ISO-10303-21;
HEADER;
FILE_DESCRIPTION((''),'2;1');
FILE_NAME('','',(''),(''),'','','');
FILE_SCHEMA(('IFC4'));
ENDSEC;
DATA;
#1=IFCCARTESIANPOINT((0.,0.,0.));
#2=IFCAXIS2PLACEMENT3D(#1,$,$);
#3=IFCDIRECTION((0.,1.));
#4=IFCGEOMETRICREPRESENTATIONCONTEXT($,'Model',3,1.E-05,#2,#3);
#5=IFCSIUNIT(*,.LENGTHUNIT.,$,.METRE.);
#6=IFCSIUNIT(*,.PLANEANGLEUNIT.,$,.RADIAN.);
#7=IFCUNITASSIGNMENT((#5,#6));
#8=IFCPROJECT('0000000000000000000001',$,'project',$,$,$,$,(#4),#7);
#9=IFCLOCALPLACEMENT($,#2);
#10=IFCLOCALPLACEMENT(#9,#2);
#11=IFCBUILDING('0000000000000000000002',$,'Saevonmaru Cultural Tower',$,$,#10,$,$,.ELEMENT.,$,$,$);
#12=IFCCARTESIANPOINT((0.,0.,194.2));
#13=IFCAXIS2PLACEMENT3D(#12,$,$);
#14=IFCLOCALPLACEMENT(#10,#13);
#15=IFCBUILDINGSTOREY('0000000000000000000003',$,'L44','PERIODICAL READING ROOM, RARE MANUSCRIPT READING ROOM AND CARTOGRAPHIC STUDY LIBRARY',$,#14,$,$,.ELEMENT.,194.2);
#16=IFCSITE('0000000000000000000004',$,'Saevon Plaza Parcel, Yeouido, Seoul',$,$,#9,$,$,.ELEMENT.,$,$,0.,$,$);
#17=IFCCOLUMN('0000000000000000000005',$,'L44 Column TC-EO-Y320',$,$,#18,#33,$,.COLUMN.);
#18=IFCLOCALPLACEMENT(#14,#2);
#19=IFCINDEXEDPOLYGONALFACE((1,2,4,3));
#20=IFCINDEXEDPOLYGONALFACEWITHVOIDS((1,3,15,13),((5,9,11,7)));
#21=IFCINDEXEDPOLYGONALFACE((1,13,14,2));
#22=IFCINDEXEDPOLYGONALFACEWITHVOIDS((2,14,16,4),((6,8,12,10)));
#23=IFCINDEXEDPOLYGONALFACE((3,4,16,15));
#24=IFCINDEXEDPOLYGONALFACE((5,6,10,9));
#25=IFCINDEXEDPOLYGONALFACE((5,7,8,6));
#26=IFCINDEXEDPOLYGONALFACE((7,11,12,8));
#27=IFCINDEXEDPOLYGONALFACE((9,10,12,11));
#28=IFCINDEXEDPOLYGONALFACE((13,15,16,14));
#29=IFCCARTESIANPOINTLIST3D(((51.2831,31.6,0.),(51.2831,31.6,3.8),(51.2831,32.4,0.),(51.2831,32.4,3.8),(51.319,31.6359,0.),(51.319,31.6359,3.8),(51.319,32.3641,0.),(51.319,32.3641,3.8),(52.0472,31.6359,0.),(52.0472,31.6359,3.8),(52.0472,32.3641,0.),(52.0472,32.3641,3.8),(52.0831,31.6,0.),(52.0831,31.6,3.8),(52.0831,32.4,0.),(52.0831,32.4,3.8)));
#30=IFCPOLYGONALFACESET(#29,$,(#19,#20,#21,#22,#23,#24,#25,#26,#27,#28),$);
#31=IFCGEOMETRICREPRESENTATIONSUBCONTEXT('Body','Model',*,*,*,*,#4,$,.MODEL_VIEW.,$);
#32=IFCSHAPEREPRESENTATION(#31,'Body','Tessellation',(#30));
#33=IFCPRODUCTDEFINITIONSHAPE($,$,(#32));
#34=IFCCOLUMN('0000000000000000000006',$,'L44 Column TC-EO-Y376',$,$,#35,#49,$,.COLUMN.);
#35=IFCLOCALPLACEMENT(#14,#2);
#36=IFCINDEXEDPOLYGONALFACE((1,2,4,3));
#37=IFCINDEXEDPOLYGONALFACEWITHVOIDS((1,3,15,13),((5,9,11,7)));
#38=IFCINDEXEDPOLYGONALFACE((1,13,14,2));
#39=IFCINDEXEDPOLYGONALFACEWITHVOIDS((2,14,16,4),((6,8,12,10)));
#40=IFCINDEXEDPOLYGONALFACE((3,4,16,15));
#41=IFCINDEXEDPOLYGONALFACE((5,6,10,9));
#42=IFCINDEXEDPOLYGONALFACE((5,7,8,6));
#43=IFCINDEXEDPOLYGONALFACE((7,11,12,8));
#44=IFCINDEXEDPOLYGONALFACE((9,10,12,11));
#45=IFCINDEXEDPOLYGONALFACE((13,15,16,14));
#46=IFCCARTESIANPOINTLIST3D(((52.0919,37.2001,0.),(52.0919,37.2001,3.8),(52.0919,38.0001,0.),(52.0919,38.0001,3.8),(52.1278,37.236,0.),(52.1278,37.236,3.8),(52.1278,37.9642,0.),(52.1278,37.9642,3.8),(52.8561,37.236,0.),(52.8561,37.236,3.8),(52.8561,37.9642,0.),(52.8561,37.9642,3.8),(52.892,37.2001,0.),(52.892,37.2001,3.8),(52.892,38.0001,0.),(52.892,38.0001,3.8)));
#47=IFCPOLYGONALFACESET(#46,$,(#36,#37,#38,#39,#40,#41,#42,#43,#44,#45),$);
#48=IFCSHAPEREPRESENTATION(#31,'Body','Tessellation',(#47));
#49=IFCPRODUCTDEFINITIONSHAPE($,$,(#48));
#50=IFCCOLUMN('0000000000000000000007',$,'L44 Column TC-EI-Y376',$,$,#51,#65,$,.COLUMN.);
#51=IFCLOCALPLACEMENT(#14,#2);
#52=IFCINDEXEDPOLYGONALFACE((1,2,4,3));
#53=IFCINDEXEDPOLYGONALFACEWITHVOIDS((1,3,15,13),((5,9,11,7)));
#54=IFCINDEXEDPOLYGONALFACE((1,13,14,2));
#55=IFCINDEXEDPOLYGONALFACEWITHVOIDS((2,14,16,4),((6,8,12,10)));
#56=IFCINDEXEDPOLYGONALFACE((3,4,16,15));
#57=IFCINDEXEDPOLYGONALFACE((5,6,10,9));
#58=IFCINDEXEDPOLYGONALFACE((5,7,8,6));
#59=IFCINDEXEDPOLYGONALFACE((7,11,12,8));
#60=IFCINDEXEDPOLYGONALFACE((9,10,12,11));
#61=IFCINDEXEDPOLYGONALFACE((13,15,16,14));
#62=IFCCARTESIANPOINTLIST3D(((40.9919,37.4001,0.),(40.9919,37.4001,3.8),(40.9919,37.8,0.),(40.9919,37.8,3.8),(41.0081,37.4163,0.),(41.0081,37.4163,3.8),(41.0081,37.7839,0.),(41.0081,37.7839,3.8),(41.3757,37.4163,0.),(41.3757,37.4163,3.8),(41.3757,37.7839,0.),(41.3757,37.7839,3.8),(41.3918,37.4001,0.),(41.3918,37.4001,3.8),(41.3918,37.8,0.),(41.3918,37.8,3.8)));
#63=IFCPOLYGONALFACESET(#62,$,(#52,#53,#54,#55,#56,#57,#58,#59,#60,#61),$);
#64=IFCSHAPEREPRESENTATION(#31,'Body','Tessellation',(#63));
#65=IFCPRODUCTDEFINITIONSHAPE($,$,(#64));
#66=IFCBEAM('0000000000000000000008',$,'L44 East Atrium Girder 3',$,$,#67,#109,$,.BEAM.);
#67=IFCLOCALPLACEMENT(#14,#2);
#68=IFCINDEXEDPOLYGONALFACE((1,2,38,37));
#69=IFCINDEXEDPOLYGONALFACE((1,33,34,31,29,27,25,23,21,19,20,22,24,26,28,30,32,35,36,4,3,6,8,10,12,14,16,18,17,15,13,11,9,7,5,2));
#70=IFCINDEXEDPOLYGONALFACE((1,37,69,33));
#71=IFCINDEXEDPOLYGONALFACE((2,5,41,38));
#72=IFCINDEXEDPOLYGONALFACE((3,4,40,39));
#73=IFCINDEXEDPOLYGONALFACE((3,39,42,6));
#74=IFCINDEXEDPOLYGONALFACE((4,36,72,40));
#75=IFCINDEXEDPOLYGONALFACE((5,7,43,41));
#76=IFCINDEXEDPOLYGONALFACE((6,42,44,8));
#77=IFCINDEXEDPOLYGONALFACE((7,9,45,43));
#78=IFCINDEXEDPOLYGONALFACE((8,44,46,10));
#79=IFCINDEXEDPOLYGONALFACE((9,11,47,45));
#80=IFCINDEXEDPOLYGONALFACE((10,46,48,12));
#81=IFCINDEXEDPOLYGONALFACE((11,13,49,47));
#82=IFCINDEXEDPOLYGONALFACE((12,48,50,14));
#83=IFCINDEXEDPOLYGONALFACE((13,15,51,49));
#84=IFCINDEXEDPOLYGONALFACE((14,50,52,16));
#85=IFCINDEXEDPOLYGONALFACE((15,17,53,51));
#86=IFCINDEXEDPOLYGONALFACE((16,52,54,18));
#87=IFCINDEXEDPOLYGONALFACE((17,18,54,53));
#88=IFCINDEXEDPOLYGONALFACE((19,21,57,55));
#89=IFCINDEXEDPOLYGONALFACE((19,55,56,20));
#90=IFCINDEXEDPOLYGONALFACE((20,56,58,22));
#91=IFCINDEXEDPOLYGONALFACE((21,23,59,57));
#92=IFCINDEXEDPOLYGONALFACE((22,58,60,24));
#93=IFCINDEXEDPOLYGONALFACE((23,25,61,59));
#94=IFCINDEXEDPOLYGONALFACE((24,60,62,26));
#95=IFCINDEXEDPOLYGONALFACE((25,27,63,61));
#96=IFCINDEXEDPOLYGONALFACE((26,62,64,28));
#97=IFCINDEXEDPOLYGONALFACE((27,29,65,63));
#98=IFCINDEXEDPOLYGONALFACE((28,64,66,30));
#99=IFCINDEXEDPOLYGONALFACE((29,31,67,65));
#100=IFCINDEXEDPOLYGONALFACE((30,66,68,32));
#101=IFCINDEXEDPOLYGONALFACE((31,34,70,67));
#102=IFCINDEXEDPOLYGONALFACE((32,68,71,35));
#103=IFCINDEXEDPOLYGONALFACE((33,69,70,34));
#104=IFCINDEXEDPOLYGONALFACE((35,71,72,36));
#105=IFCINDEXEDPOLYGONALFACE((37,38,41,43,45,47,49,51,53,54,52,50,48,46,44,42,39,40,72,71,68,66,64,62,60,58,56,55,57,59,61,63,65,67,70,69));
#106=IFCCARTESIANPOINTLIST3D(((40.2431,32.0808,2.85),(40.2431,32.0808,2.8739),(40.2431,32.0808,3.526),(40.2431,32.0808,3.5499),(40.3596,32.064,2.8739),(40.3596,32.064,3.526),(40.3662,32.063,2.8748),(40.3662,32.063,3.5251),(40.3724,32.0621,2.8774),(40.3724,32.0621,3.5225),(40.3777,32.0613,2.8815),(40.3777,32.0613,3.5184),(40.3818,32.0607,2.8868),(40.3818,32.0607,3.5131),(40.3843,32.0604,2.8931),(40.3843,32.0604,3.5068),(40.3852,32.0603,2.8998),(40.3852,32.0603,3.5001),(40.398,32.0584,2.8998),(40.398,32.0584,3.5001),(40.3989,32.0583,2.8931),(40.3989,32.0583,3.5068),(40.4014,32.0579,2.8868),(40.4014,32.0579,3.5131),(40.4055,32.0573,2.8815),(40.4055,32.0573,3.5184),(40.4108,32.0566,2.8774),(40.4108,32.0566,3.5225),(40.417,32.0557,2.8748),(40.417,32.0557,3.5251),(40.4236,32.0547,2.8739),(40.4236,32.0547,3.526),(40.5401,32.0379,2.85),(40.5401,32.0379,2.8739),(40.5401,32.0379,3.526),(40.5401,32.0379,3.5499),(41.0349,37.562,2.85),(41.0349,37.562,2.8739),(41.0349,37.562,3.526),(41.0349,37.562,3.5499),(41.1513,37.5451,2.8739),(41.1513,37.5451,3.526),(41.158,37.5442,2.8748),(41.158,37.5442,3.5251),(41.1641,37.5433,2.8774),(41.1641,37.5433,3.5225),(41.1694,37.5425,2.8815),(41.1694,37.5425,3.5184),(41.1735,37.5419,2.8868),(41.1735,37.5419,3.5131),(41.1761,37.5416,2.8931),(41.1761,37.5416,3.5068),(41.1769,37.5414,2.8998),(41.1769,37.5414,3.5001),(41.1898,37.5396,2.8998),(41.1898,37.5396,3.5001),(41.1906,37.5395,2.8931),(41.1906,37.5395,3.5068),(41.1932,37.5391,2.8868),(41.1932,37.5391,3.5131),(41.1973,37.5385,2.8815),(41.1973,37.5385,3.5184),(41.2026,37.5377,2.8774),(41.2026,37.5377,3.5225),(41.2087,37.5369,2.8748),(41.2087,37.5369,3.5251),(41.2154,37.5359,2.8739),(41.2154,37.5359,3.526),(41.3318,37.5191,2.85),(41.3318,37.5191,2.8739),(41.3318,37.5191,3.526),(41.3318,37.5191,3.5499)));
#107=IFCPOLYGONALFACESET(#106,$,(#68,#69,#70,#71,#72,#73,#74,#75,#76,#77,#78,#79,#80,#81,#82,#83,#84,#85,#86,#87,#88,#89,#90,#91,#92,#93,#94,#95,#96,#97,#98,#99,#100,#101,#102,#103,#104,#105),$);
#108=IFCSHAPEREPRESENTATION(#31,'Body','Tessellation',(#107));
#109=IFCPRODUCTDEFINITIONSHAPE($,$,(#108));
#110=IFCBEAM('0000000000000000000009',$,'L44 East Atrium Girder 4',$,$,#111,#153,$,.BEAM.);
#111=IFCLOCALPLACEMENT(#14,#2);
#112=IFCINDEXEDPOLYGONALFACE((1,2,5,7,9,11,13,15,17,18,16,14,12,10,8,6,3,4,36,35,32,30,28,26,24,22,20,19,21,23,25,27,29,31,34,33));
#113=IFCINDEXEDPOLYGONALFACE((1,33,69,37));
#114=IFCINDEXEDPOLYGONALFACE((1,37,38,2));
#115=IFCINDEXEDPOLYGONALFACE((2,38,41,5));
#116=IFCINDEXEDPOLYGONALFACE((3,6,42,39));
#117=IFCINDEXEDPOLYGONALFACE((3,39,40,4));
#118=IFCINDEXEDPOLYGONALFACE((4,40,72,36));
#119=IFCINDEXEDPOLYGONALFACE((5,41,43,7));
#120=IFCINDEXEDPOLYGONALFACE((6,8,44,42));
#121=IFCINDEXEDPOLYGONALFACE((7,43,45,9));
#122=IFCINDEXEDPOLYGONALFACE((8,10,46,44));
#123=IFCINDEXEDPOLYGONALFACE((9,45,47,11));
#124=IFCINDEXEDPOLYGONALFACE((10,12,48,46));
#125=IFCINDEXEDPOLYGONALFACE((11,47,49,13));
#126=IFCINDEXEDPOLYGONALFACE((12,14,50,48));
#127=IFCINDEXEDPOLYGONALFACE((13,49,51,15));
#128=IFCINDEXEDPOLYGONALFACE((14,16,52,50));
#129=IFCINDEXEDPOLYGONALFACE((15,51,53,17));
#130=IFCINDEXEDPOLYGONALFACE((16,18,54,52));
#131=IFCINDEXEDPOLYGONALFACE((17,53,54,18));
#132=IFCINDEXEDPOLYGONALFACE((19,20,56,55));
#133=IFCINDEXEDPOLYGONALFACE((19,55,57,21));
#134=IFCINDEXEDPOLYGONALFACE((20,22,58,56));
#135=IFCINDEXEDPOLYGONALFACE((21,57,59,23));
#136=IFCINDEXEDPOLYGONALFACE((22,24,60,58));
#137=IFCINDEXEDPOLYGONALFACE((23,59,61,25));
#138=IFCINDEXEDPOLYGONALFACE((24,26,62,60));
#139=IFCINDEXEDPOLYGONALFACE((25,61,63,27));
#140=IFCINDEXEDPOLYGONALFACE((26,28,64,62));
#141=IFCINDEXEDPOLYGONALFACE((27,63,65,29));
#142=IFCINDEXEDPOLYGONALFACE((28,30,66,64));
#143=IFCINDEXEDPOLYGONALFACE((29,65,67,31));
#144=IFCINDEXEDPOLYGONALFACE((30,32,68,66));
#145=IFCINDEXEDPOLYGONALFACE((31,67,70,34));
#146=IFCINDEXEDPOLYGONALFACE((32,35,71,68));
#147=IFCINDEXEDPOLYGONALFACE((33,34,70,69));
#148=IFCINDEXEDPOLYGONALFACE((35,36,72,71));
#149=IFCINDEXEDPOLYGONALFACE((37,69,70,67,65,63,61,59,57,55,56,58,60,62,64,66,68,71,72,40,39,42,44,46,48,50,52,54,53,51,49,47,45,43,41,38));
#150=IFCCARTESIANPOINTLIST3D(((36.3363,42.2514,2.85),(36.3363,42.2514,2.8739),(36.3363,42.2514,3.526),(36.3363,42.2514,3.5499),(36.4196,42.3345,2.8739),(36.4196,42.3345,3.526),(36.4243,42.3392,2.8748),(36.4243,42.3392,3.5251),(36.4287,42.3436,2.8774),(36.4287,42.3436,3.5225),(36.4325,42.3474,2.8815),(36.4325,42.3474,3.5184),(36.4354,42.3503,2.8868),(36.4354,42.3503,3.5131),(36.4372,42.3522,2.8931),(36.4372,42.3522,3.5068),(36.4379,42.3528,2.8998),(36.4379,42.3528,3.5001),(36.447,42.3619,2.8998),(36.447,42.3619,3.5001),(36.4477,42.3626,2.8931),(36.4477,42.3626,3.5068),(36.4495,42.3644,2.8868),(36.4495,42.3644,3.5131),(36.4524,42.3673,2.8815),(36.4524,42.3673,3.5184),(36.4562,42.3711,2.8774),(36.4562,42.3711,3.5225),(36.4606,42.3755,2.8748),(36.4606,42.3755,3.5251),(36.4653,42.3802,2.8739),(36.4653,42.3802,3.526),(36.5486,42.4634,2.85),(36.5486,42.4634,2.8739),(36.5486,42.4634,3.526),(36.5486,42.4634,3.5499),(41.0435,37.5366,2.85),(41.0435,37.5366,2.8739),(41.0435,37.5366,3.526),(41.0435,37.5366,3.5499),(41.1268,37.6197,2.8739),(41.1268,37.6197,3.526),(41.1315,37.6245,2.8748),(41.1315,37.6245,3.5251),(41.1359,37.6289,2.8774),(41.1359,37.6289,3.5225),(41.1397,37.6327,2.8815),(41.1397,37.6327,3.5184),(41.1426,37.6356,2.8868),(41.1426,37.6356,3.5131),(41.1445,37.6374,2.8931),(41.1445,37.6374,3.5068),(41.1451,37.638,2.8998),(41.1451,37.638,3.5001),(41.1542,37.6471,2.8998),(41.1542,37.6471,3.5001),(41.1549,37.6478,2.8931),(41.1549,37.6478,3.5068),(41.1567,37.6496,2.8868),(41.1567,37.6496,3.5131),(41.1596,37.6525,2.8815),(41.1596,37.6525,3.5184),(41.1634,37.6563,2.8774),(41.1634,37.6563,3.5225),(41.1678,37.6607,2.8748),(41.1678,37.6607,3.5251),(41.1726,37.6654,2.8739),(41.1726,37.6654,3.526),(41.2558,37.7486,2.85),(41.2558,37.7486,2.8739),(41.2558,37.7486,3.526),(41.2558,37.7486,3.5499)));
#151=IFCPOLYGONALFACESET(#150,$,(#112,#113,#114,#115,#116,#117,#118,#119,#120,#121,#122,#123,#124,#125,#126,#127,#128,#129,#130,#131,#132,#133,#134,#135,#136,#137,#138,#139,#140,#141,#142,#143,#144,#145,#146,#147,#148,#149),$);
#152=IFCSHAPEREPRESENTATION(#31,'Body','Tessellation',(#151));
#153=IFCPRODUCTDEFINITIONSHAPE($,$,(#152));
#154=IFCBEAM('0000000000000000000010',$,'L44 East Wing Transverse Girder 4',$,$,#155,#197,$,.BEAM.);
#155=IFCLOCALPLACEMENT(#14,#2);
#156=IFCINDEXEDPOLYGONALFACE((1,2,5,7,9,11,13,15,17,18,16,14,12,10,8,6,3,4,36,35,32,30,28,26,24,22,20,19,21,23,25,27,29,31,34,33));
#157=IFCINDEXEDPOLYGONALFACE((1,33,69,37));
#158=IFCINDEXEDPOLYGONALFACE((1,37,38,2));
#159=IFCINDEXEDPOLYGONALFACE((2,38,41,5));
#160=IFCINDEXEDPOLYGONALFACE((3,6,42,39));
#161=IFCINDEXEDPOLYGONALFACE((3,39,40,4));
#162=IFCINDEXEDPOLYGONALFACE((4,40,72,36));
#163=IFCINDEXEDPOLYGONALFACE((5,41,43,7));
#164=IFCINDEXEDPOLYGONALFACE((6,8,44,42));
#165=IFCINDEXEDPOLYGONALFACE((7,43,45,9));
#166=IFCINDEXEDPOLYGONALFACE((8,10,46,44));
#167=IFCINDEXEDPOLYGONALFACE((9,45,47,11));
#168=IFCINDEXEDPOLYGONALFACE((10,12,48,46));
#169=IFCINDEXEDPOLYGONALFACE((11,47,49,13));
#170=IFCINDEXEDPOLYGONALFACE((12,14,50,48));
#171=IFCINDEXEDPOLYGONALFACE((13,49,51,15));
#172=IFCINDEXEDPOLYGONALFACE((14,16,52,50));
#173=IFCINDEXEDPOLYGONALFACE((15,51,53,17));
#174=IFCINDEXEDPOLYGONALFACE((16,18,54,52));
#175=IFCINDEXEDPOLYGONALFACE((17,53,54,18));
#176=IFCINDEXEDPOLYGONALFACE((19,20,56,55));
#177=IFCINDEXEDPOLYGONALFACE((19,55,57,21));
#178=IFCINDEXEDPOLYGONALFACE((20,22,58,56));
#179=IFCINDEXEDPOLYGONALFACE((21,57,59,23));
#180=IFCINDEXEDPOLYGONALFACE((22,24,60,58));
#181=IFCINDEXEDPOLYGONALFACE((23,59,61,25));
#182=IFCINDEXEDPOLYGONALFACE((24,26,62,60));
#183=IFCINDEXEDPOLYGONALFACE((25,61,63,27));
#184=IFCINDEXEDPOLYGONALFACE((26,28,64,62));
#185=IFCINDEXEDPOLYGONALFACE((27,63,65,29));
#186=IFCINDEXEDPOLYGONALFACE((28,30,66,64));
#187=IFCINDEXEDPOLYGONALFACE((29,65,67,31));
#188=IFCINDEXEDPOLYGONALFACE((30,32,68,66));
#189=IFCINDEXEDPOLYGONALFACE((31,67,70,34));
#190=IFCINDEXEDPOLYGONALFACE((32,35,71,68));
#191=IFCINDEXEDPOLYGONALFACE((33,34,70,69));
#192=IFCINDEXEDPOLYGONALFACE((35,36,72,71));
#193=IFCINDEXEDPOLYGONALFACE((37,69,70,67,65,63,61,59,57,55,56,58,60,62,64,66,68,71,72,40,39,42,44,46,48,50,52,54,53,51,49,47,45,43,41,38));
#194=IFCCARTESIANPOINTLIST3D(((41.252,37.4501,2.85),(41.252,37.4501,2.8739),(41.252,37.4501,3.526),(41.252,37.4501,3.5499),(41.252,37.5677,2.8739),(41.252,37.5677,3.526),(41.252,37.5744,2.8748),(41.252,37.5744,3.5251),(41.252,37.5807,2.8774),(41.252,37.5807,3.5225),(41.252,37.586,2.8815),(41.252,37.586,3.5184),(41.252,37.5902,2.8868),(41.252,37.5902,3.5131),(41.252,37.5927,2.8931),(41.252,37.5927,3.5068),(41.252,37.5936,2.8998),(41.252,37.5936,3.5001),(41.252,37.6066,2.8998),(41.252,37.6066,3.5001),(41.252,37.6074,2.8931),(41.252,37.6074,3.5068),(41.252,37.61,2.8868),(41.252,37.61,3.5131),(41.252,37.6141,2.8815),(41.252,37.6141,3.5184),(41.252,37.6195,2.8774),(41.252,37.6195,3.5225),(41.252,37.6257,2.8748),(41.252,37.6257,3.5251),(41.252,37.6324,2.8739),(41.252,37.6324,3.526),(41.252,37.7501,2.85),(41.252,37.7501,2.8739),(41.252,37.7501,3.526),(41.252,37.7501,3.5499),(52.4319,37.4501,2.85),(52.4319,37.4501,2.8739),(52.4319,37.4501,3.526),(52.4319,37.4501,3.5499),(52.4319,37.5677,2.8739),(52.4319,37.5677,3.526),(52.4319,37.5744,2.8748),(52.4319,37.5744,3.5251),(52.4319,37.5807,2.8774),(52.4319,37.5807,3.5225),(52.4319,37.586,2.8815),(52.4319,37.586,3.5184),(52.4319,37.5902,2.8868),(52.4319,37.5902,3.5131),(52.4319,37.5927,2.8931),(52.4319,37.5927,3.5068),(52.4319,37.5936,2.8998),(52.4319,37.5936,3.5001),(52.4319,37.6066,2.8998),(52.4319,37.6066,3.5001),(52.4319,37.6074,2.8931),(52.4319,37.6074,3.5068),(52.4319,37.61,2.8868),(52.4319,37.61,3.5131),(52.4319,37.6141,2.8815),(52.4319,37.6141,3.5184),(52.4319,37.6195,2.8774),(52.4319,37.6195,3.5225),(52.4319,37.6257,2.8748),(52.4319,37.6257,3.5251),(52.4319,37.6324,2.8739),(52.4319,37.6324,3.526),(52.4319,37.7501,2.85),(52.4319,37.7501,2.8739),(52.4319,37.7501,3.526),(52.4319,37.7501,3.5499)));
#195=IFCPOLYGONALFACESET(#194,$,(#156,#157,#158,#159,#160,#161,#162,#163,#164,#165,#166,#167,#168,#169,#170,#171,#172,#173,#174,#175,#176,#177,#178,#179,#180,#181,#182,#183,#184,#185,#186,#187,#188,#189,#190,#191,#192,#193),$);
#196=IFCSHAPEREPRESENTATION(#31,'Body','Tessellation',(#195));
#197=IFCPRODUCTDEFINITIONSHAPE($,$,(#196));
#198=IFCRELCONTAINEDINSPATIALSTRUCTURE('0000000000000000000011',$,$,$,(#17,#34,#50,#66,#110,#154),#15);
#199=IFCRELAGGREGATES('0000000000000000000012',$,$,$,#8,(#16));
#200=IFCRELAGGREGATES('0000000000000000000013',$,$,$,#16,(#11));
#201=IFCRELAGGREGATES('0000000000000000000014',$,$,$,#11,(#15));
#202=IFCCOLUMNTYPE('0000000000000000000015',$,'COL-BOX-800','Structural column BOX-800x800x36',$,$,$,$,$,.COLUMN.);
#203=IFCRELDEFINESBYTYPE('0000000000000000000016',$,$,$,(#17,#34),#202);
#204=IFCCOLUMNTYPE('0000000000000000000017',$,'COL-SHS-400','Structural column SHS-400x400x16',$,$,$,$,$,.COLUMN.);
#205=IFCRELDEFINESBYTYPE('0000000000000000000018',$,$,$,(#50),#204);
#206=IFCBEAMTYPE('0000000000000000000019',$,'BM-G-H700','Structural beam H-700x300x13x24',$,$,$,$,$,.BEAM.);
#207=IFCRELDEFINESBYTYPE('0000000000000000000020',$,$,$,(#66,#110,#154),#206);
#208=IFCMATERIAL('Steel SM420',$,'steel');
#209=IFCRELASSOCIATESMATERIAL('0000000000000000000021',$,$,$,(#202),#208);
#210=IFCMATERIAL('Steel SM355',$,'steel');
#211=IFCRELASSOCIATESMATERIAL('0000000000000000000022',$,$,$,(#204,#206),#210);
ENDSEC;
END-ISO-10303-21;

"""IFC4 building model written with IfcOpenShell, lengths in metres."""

from ifc_helpers import new_model, si_unit, direction, frame, origin, origin_2d, place, context, subcontext, project, spatial, hollow_rectangle, i_section, extrude, material, material_profile, profile_set, type_object, element, save


model = new_model("IFC4")

# Units and contexts
model_context = context("Model", 3, precision=1e-05, world=origin(), true_north=direction((0.0, 1.0)))
body_context = subcontext(model_context, "Body", "Model", "MODEL_VIEW")
ifc_project = project(units=[si_unit("LENGTHUNIT", "METRE"), si_unit("PLANEANGLEUNIT", "RADIAN")], contexts=[model_context])

# Site, building, storey
site_placement = place(None, origin())
site = spatial("IfcSite", under=ifc_project, at=site_placement, Name="Saevon Plaza Parcel, Yeouido, Seoul", CompositionType="ELEMENT", RefElevation=0.0)
building_placement = place(site_placement, origin())
building = spatial("IfcBuilding", under=site, at=building_placement, Name="Saevonmaru Cultural Tower", CompositionType="ELEMENT")
storey_placement = place(building_placement, frame((0.0, 0.0, 194.2)))
storey = spatial("IfcBuildingStorey", under=building, at=storey_placement, Name="L44", Description="PERIODICAL READING ROOM, RARE MANUSCRIPT READING ROOM AND CARTOGRAPHIC STUDY LIBRARY", CompositionType="ELEMENT", Elevation=194.2)

# Columns
ifc_material_1 = material(Name="Steel SM420", Category="steel")
ifc_material_profile_1 = material_profile(ifc_material_1, hollow_rectangle(XDim=0.8, YDim=0.8, WallThickness=0.0359, at=origin_2d()), Name="BOX-800x800x36")
ifc_profile_set_1 = profile_set([ifc_material_profile_1], Name="Steel SM420")
column_type_1 = type_object("IfcColumnType", Name="COL-BOX-800", Description="Structural column BOX-800x800x36", PredefinedType="COLUMN", material=ifc_profile_set_1)
for number, where, z_axis, x_axis, name in (
    (1, (51.6831, 32.0, 0.0), (0.0, 0.0, 1.0), (1.0, 0.0, 0.0), "L44 Column TC-EO-Y320"),
    (2, (52.4919, 37.6001, 0.0), (0.0, 0.0, 1.0), (1.0, 0.0, 0.0), "L44 Column TC-EO-Y376"),
):
    element("IfcColumn", number, at=place(storey_placement, frame(where, z_axis=z_axis, x_axis=x_axis)), inside=storey, type_object=column_type_1, Name=name, PredefinedType="COLUMN", context=body_context, shape_type="SweptSolid", body=[
        extrude(hollow_rectangle(XDim=0.8, YDim=0.8, WallThickness=0.0359, at=origin_2d()), origin(), (0.0, 0.0, 1.0), 3.8),
    ])
ifc_material_2 = material(Name="Steel SM355", Category="steel")
ifc_material_profile_2 = material_profile(ifc_material_2, hollow_rectangle(XDim=0.3999, YDim=0.3999, WallThickness=0.0161, at=origin_2d()), Name="SHS-400x400x16")
ifc_profile_set_2 = profile_set([ifc_material_profile_2], Name="Steel SM355")
column_type_2 = type_object("IfcColumnType", Name="COL-SHS-400", Description="Structural column SHS-400x400x16", PredefinedType="COLUMN", material=ifc_profile_set_2)
column_placement = place(storey_placement, frame((41.1919, 37.6001, 0.0), z_axis=(0.0, 0.0, 1.0), x_axis=(1.0, 0.0, 0.0)))
element("IfcColumn", 3, at=column_placement, inside=storey, type_object=column_type_2, Name="L44 Column TC-EI-Y376", PredefinedType="COLUMN", context=body_context, shape_type="SweptSolid", body=[
    extrude(hollow_rectangle(XDim=0.3999, YDim=0.3999, WallThickness=0.0161, at=origin_2d()), origin(), (0.0, 0.0, 1.0), 3.8),
])

# Beams
ifc_material_profile_3 = material_profile(ifc_material_2, i_section(OverallWidth=0.3, OverallDepth=0.7, WebThickness=0.0129, FlangeThickness=0.0239, FilletRadius=0.0259, at=origin_2d()), Name="H-700x300x13x24")
ifc_profile_set_3 = profile_set([ifc_material_profile_3], Name="Steel SM355")
beam_type_1 = type_object("IfcBeamType", Name="BM-G-H700", Description="Structural beam H-700x300x13x24", PredefinedType="BEAM", material=ifc_profile_set_3)
beam_1_placement = place(storey_placement, frame((40.3916, 32.0593, 3.2), z_axis=(0.142964, 0.989728, 0.0), x_axis=(-0.989728, 0.142964, 0.0)))
element("IfcBeam", 4, at=beam_1_placement, inside=storey, type_object=beam_type_1, Name="L44 East Atrium Girder 3", PredefinedType="BEAM", context=body_context, shape_type="SweptSolid", body=[
    extrude(i_section(OverallWidth=0.3, OverallDepth=0.7, WebThickness=0.0129, FlangeThickness=0.0239, FilletRadius=0.0259, at=origin_2d()), origin(), (0.0, 0.0, 1.0), 5.5381),
])
beam_2_placement = place(storey_placement, frame((41.1497, 37.6426, 3.2), z_axis=(-0.706539, 0.707675, 0.0), x_axis=(-0.707675, -0.706539, 0.0)))
element("IfcBeam", 5, at=beam_2_placement, inside=storey, type_object=beam_type_1, Name="L44 East Atrium Girder 4", PredefinedType="BEAM", context=body_context, shape_type="SweptSolid", body=[
    extrude(i_section(OverallWidth=0.3, OverallDepth=0.7, WebThickness=0.0129, FlangeThickness=0.0239, FilletRadius=0.0259, at=origin_2d()), origin(), (0.0, 0.0, 1.0), 6.6624),
])
beam_3_placement = place(storey_placement, frame((41.252, 37.6001, 3.2), z_axis=(1.0, 0.0, 0.0), x_axis=(0.0, 1.0, 0.0)))
element("IfcBeam", 6, at=beam_3_placement, inside=storey, type_object=beam_type_1, Name="L44 East Wing Transverse Girder 4", PredefinedType="BEAM", context=body_context, shape_type="SweptSolid", body=[
    extrude(i_section(OverallWidth=0.3, OverallDepth=0.7, WebThickness=0.0129, FlangeThickness=0.0239, FilletRadius=0.0259, at=origin_2d()), origin(), (0.0, 0.0, 1.0), 11.1799),
])

save(model, "model.ifc")
